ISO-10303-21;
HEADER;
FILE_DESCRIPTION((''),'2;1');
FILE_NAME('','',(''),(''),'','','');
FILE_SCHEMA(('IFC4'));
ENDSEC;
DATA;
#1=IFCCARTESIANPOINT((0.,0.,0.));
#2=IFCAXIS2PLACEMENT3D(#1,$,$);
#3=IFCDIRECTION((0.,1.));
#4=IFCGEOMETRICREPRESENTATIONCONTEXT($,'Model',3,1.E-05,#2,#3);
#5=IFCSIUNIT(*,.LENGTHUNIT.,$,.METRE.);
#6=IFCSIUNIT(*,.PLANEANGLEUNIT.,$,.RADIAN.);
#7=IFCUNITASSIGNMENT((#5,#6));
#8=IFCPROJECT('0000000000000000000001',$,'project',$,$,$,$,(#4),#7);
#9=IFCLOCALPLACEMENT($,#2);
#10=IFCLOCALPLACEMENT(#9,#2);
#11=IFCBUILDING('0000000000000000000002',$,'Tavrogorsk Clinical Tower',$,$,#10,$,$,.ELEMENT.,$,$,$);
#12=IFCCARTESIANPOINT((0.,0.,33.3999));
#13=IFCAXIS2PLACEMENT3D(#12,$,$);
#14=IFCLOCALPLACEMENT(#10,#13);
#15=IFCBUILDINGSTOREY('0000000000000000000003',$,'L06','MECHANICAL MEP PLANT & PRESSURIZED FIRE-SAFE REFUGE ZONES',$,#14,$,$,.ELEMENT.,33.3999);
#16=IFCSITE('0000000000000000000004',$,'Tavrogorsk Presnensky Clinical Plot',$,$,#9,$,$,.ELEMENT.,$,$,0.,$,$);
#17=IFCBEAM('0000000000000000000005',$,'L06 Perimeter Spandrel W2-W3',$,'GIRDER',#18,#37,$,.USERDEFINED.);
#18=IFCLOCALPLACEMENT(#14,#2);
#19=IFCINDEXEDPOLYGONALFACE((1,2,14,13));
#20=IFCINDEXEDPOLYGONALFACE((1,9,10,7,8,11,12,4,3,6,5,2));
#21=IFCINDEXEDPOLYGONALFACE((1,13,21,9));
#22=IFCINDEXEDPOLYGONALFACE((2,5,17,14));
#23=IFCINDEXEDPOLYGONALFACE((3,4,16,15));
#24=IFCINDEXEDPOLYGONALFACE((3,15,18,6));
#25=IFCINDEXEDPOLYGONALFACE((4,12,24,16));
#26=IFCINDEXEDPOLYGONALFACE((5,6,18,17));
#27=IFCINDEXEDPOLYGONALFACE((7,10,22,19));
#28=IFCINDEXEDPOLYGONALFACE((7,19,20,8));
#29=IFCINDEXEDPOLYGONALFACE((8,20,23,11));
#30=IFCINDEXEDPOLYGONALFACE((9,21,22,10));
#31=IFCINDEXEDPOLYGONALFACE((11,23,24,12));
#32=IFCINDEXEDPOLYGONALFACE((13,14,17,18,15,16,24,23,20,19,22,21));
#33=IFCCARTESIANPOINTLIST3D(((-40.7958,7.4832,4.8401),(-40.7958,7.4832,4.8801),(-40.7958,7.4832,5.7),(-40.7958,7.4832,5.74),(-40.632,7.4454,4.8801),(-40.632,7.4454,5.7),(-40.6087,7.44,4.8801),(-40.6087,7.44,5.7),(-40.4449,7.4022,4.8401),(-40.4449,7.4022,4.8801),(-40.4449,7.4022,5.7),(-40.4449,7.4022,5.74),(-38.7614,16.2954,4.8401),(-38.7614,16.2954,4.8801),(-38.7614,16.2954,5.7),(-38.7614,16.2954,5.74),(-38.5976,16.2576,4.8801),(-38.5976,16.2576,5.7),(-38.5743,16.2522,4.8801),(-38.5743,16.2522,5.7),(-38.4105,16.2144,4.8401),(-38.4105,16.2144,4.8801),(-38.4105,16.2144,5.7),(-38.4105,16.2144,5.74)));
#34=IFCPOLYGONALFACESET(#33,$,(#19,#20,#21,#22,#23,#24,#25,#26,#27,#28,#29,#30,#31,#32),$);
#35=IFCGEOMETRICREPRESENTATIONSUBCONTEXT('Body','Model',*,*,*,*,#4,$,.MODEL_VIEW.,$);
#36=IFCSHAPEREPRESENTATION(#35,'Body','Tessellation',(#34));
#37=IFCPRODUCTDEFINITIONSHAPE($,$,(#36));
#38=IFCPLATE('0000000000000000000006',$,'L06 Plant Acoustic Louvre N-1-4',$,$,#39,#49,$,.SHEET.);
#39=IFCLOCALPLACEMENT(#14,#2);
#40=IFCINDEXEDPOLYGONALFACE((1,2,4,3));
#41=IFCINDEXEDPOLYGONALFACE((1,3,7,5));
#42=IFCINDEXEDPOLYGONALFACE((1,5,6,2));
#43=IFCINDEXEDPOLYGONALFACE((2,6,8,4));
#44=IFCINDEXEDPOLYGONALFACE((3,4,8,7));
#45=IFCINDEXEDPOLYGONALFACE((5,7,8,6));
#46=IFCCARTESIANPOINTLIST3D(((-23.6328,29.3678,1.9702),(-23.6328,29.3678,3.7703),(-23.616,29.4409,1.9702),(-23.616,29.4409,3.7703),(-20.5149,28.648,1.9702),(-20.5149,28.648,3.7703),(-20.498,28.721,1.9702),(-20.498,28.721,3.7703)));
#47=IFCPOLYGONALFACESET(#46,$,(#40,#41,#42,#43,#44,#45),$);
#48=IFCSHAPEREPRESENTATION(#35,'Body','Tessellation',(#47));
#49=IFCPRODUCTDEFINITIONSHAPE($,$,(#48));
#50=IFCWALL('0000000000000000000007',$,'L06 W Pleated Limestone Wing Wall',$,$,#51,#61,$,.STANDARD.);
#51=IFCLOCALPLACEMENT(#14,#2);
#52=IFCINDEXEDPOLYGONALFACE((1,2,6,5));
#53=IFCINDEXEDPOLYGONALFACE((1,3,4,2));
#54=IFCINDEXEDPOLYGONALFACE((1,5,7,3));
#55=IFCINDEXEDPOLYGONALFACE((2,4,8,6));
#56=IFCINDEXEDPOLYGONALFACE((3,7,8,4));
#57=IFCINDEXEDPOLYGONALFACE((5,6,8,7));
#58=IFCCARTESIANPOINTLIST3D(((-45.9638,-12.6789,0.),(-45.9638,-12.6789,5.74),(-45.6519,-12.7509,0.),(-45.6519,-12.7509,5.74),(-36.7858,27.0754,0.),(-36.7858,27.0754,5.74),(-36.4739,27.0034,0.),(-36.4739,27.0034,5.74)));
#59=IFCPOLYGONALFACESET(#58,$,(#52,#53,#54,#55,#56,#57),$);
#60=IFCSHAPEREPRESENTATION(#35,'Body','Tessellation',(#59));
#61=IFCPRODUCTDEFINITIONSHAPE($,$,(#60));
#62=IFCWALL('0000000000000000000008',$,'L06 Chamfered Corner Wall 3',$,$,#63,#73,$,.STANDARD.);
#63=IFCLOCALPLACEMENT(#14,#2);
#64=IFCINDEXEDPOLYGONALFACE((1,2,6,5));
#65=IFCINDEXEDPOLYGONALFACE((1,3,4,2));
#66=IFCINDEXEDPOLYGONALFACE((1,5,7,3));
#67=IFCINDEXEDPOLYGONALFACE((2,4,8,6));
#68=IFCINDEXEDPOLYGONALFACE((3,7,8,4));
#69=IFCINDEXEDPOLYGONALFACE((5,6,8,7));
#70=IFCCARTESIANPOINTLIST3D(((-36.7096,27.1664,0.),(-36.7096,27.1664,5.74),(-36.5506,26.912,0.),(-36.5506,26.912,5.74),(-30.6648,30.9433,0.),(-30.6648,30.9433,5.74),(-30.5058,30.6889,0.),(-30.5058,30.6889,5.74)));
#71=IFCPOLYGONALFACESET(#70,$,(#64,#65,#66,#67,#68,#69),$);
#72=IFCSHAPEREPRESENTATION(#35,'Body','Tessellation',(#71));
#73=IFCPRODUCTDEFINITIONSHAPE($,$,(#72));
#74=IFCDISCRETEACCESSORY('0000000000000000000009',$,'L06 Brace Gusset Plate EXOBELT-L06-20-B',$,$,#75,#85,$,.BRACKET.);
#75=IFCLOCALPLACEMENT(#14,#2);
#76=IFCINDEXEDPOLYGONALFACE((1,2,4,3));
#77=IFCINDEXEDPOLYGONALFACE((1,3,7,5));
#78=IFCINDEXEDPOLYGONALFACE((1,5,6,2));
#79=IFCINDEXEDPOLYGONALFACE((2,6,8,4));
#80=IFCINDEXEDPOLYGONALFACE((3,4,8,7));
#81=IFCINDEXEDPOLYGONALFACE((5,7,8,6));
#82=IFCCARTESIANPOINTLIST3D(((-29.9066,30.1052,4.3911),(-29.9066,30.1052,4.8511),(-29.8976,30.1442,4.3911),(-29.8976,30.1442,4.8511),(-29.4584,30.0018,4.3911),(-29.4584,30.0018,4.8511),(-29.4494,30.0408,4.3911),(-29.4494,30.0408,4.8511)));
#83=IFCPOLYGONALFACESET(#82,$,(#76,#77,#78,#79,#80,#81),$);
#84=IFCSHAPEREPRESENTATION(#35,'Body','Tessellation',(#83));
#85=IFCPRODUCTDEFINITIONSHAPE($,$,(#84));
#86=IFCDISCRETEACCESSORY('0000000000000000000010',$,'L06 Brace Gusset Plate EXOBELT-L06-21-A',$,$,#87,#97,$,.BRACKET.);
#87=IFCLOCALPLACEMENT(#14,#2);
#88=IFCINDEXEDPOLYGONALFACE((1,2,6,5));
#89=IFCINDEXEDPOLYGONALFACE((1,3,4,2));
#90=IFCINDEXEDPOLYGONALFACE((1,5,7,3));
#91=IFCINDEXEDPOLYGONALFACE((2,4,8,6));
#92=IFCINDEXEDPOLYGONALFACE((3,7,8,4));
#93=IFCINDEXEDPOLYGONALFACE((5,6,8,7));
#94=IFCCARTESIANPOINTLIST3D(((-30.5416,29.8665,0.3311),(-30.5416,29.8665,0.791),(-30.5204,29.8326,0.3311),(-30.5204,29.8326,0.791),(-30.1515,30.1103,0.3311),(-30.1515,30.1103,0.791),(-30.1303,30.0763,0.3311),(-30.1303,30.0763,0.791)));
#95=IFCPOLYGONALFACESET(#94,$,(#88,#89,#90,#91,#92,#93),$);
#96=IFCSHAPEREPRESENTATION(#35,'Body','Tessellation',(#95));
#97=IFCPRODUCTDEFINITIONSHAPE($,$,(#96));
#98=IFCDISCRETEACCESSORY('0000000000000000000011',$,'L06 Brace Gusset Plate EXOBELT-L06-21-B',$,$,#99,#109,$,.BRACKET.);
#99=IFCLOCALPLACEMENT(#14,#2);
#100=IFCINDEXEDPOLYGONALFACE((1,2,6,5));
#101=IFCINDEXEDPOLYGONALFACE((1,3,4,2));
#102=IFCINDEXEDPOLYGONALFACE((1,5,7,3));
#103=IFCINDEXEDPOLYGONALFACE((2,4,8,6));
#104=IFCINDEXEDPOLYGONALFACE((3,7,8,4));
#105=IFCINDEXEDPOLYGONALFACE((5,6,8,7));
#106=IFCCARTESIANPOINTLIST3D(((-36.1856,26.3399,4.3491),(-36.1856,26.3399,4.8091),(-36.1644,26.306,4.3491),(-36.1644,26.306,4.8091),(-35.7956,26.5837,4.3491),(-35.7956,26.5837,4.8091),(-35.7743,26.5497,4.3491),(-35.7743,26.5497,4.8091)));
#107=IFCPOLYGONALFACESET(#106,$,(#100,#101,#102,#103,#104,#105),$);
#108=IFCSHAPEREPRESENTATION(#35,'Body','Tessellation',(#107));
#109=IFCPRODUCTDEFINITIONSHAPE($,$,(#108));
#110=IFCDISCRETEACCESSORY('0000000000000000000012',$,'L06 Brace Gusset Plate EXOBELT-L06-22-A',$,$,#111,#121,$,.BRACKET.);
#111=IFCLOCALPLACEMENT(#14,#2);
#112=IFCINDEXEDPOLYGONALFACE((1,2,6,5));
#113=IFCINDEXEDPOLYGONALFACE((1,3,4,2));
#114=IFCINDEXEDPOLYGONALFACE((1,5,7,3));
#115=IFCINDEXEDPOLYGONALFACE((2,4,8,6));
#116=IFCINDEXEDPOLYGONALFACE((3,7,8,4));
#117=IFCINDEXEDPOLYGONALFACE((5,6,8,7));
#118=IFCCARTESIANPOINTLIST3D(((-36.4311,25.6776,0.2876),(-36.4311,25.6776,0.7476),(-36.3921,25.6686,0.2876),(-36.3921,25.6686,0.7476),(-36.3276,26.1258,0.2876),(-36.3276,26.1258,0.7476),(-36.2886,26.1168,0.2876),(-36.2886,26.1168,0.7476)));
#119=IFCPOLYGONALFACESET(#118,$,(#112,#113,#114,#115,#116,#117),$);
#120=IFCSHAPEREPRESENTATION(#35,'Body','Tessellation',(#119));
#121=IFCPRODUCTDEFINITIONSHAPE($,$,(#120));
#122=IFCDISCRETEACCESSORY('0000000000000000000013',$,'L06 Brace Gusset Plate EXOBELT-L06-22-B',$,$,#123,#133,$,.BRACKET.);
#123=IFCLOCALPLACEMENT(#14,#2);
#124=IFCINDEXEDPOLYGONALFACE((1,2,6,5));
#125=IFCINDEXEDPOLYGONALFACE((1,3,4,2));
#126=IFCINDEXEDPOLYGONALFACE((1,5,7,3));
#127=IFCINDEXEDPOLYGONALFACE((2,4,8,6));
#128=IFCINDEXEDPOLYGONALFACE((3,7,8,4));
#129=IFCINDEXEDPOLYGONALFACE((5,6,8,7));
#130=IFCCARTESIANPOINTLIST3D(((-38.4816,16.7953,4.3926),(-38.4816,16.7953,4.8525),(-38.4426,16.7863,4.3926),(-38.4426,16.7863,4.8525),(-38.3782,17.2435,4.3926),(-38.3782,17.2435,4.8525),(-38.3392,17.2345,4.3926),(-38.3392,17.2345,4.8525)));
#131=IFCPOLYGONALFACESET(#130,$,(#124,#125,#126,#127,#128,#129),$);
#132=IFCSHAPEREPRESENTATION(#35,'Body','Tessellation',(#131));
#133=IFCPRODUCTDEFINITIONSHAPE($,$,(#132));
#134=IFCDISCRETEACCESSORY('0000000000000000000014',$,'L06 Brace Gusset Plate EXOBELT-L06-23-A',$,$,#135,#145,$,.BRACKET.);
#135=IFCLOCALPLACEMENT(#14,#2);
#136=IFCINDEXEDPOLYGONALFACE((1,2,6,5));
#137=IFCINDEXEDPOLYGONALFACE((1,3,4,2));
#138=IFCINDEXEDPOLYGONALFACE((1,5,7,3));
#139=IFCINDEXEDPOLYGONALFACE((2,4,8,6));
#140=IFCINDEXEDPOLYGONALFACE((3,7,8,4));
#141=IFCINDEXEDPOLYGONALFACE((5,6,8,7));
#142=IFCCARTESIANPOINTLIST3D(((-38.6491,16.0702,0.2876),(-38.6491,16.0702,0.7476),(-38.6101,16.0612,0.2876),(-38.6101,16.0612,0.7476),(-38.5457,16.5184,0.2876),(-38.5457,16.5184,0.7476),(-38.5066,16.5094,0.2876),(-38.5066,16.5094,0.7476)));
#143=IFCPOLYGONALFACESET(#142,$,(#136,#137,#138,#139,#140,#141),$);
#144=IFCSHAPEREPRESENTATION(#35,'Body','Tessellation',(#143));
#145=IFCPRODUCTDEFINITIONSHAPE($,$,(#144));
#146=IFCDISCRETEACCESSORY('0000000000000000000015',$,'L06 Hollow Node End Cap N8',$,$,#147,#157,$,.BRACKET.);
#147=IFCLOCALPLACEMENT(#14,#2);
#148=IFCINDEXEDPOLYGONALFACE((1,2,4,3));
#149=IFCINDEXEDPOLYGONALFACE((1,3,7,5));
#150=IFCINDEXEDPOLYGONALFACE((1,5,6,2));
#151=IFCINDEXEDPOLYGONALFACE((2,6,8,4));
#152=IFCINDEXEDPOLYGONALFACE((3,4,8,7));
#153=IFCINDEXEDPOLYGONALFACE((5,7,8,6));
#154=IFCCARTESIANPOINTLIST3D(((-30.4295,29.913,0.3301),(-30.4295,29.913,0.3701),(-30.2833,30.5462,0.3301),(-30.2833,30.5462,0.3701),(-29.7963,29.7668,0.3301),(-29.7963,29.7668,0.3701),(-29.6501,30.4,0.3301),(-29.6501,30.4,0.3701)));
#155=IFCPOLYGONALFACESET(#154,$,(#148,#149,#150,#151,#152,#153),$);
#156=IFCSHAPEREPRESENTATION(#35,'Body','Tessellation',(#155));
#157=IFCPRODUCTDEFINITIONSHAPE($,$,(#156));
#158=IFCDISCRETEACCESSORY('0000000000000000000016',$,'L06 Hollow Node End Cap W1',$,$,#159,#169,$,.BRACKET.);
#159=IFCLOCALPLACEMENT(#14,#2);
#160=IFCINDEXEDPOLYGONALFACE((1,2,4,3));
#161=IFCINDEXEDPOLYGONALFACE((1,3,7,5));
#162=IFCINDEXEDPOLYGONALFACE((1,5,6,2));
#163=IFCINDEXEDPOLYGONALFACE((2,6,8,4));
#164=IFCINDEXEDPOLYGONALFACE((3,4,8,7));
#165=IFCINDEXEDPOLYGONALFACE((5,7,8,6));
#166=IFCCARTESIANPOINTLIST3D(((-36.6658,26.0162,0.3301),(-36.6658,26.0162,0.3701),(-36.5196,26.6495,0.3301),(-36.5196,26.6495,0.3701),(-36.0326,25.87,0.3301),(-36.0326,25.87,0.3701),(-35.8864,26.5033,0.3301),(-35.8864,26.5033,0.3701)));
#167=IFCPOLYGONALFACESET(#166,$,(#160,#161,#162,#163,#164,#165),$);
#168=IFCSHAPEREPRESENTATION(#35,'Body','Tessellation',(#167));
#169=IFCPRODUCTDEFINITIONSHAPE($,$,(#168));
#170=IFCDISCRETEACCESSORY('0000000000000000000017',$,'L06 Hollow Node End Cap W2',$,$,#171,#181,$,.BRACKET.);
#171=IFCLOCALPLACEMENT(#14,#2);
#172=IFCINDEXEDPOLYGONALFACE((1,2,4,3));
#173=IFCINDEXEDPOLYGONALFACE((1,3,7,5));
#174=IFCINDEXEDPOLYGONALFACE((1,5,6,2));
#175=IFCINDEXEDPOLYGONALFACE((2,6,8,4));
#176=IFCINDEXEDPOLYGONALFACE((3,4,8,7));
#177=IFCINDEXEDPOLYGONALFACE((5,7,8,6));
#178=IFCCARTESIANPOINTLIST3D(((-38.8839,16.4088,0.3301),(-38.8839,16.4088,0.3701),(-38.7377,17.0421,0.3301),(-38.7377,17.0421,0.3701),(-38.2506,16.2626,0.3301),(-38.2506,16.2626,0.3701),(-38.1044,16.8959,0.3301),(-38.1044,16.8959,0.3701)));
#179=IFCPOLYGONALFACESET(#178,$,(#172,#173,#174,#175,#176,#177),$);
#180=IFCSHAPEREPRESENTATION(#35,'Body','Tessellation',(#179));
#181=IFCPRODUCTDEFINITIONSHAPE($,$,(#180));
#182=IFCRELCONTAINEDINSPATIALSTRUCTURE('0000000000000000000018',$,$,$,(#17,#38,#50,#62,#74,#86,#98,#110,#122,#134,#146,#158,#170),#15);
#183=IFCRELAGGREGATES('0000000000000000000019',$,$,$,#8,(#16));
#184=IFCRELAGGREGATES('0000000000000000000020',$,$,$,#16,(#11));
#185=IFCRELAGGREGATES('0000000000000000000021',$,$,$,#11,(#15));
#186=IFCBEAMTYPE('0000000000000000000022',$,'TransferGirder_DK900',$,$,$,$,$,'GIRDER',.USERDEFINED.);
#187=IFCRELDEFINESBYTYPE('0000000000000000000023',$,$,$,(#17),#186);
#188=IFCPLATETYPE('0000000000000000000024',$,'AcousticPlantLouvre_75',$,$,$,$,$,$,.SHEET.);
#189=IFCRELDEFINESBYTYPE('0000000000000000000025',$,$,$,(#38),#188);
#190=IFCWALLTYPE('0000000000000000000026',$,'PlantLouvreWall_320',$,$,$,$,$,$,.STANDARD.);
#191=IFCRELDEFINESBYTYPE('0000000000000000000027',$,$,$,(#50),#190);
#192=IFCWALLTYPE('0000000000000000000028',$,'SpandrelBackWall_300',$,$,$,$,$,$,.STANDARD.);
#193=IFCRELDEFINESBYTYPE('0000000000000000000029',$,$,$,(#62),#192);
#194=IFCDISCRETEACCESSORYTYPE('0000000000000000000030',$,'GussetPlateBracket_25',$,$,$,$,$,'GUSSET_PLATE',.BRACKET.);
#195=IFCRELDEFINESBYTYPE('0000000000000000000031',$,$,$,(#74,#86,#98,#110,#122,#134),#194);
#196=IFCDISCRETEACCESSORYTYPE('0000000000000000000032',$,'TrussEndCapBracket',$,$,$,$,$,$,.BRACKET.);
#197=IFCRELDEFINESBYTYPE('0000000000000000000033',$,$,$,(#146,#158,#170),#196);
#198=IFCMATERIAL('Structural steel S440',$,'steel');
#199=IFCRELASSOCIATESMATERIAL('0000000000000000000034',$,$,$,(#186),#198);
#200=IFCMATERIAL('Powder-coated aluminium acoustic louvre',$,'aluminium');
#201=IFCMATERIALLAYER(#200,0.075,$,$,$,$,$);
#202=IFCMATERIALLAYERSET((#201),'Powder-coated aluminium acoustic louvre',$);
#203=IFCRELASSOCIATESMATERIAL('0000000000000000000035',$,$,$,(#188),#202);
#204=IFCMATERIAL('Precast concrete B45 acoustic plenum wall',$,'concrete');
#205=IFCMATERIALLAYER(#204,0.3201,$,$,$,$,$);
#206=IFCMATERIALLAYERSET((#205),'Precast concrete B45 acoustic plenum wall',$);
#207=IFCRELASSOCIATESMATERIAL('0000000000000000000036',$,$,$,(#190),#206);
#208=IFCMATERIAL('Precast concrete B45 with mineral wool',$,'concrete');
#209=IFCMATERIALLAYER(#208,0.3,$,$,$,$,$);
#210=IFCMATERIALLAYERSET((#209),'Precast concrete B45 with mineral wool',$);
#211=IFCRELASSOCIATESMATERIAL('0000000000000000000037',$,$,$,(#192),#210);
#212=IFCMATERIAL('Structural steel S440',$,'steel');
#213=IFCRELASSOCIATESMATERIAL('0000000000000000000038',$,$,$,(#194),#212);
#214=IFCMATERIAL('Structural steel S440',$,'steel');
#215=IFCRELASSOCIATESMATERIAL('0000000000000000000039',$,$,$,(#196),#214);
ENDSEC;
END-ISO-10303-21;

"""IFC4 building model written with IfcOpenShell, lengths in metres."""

from ifc_helpers import new_model, si_unit, direction, frame, frame_2d, origin, origin_2d, place, context, subcontext, project, spatial, rectangle, i_section, extrude, material, layer, layer_set, material_profile, profile_set, type_object, element, save


model = new_model("IFC4")

# Units and contexts
model_context = context("Model", 3, precision=1e-05, world=origin(), true_north=direction((0.0, 1.0)))
body_context = subcontext(model_context, "Body", "Model", "MODEL_VIEW")
ifc_project = project(units=[si_unit("LENGTHUNIT", "METRE"), si_unit("PLANEANGLEUNIT", "RADIAN")], contexts=[model_context])

# Site, building, storey
site_placement = place(None, origin())
site = spatial("IfcSite", under=ifc_project, at=site_placement, Name="Tavrogorsk Presnensky Clinical Plot", CompositionType="ELEMENT", RefElevation=0.0)
building_placement = place(site_placement, origin())
building = spatial("IfcBuilding", under=site, at=building_placement, Name="Tavrogorsk Clinical Tower", CompositionType="ELEMENT")
storey_placement = place(building_placement, frame((0.0, 0.0, 33.3999)))
storey = spatial("IfcBuildingStorey", under=building, at=storey_placement, Name="L06", Description="MECHANICAL MEP PLANT & PRESSURIZED FIRE-SAFE REFUGE ZONES", CompositionType="ELEMENT", Elevation=33.3999)

# Beam
ifc_material_1 = material(Name="Structural steel S440", Category="steel")
ifc_material_profile_1 = material_profile(ifc_material_1, i_section(OverallWidth=0.3601, OverallDepth=0.8999, WebThickness=0.0239, FlangeThickness=0.04, at=origin_2d()), Name="DK-900x360x24x40")
ifc_profile_set_1 = profile_set([ifc_material_profile_1], Name="Structural steel S440")
beam_type_1 = type_object("IfcBeamType", Name="TransferGirder_DK900", ElementType="GIRDER", PredefinedType="USERDEFINED", material=ifc_profile_set_1)
beam_1_placement = place(storey_placement, frame((-38.5859, 16.2549, 5.29), z_axis=(-0.224946, -0.974371, 0.0), x_axis=(0.974371, -0.224946, 0.0)))
element("IfcBeam", 1, at=beam_1_placement, inside=storey, type_object=beam_type_1, Name="L06 Perimeter Spandrel W2-W3", ObjectType="GIRDER", PredefinedType="USERDEFINED", context=body_context, shape_type="SweptSolid", body=[
    extrude(i_section(OverallWidth=0.3601, OverallDepth=0.8999, WebThickness=0.0239, FlangeThickness=0.04, at=origin_2d()), origin(), (0.0, 0.0, 1.0), 9.0439),
])

# Plate
ifc_material_2 = material(Name="Powder-coated aluminium acoustic louvre", Category="aluminium")
ifc_layer_1 = layer(ifc_material_2, 0.075)
ifc_layer_set_1 = layer_set([ifc_layer_1], Name="Powder-coated aluminium acoustic louvre")
plate_type = type_object("IfcPlateType", Name="AcousticPlantLouvre_75", PredefinedType="SHEET", material=ifc_layer_set_1)
plate_placement = place(storey_placement, frame((-22.0654, 29.0444, 1.9702), z_axis=(0.0, 0.0, 1.0), x_axis=(-0.97437, 0.224951, 0.0)))
element("IfcPlate", 2, at=plate_placement, inside=storey, type_object=plate_type, Name="L06 Plant Acoustic Louvre N-1-4", PredefinedType="SHEET", context=body_context, shape_type="SweptSolid", body=[
    extrude(rectangle(XDim=3.2, YDim=0.075, at=origin_2d()), origin(), (0.0, 0.0, 1.0), 1.8),
])

# Walls
ifc_material_3 = material(Name="Precast concrete B45 acoustic plenum wall", Category="concrete")
ifc_layer_2 = layer(ifc_material_3, 0.3201)
ifc_layer_set_2 = layer_set([ifc_layer_2], Name="Precast concrete B45 acoustic plenum wall")
wall_type_1 = type_object("IfcWallType", Name="PlantLouvreWall_320", PredefinedType="STANDARD", material=ifc_layer_set_2)
wall_1_placement = place(storey_placement, frame((-36.6299, 27.0393, 0.0), z_axis=(0.0, 0.0, 1.0), x_axis=(-0.22495, -0.97437, 0.0)))
element("IfcWall", 3, at=wall_1_placement, inside=storey, type_object=wall_type_1, Name="L06 W Pleated Limestone Wing Wall", PredefinedType="STANDARD", context=body_context, shape_type="SweptSolid", body=[
    extrude(rectangle(XDim=40.8, YDim=0.3201, at=frame_2d((20.3999, 0.0))), origin(), (0.0, 0.0, 1.0), 5.74),
])
ifc_material_4 = material(Name="Precast concrete B45 with mineral wool", Category="concrete")
ifc_layer_3 = layer(ifc_material_4, 0.3)
ifc_layer_set_3 = layer_set([ifc_layer_3], Name="Precast concrete B45 with mineral wool")
wall_type_2 = type_object("IfcWallType", Name="SpandrelBackWall_300", PredefinedType="STANDARD", material=ifc_layer_set_3)
wall_2_placement = place(storey_placement, frame((-30.5852, 30.8162, 0.0), z_axis=(0.0, 0.0, 1.0), x_axis=(-0.848066, -0.529891, 0.0)))
element("IfcWall", 4, at=wall_2_placement, inside=storey, type_object=wall_type_2, Name="L06 Chamfered Corner Wall 3", PredefinedType="STANDARD", context=body_context, shape_type="SweptSolid", body=[
    extrude(rectangle(XDim=7.1277, YDim=0.3, at=frame_2d((3.564, 0.0))), origin(), (0.0, 0.0, 1.0), 5.74),
])

# Discrete accessories
ifc_material_5 = material(Name="Structural steel S440", Category="steel")
discrete_accessory_type_1 = type_object("IfcDiscreteAccessoryType", Name="GussetPlateBracket_25", ElementType="GUSSET_PLATE", PredefinedType="BRACKET", material=ifc_material_5)
for number, where, z_axis, x_axis, name in (
    (5, (-29.678, 30.073, 4.3911), (0.0, 0.0, 1.0), (-0.97437, 0.224951, 0.0), "L06 Brace Gusset Plate EXOBELT-L06-20-B"),
    (6, (-30.3359, 29.9714, 0.3311), (0.0, 0.0, 1.0), (-0.848048, -0.529919, 0.0), "L06 Brace Gusset Plate EXOBELT-L06-21-A"),
    (7, (-35.98, 26.4448, 4.3491), (0.0, 0.0, 1.0), (-0.848048, -0.529919, 0.0), "L06 Brace Gusset Plate EXOBELT-L06-21-B"),
    (8, (-36.3599, 25.8972, 0.2876), (0.0, 0.0, 1.0), (-0.224951, -0.97437, 0.0), "L06 Brace Gusset Plate EXOBELT-L06-22-A"),
    (9, (-38.4104, 17.0149, 4.3926), (0.0, 0.0, 1.0), (-0.224951, -0.97437, 0.0), "L06 Brace Gusset Plate EXOBELT-L06-22-B"),
    (10, (-38.5779, 16.2898, 0.2876), (0.0, 0.0, 1.0), (-0.224951, -0.97437, 0.0), "L06 Brace Gusset Plate EXOBELT-L06-23-A"),
):
    element("IfcDiscreteAccessory", number, at=place(storey_placement, frame(where, z_axis=z_axis, x_axis=x_axis)), inside=storey, type_object=discrete_accessory_type_1, Name=name, PredefinedType="BRACKET", context=body_context, shape_type="SweptSolid", body=[
        extrude(rectangle(XDim=0.46, YDim=0.04, at=origin_2d()), origin(), (0.0, 0.0, 1.0), 0.46),
    ])
ifc_material_6 = material(Name="Structural steel S440", Category="steel")
discrete_accessory_type_2 = type_object("IfcDiscreteAccessoryType", Name="TrussEndCapBracket", PredefinedType="BRACKET", material=ifc_material_6)
for number, where, z_axis, x_axis, name in (
    (11, (-30.0398, 30.1565, 0.3301), (0.0, 0.0, 1.0), (0.97437, -0.224951, 0.0), "L06 Hollow Node End Cap N8"),
    (12, (-36.2761, 26.2598, 0.3301), (0.0, 0.0, 1.0), (0.97437, -0.224951, 0.0), "L06 Hollow Node End Cap W1"),
    (13, (-38.4941, 16.6523, 0.3301), (0.0, 0.0, 1.0), (0.97437, -0.224951, 0.0), "L06 Hollow Node End Cap W2"),
):
    element("IfcDiscreteAccessory", number, at=place(storey_placement, frame(where, z_axis=z_axis, x_axis=x_axis)), inside=storey, type_object=discrete_accessory_type_2, Name=name, PredefinedType="BRACKET", context=body_context, shape_type="SweptSolid", body=[
        extrude(rectangle(XDim=0.6499, YDim=0.6499, at=origin_2d()), origin(), (0.0, 0.0, 1.0), 0.04),
    ])

save(model, "model.ifc")
